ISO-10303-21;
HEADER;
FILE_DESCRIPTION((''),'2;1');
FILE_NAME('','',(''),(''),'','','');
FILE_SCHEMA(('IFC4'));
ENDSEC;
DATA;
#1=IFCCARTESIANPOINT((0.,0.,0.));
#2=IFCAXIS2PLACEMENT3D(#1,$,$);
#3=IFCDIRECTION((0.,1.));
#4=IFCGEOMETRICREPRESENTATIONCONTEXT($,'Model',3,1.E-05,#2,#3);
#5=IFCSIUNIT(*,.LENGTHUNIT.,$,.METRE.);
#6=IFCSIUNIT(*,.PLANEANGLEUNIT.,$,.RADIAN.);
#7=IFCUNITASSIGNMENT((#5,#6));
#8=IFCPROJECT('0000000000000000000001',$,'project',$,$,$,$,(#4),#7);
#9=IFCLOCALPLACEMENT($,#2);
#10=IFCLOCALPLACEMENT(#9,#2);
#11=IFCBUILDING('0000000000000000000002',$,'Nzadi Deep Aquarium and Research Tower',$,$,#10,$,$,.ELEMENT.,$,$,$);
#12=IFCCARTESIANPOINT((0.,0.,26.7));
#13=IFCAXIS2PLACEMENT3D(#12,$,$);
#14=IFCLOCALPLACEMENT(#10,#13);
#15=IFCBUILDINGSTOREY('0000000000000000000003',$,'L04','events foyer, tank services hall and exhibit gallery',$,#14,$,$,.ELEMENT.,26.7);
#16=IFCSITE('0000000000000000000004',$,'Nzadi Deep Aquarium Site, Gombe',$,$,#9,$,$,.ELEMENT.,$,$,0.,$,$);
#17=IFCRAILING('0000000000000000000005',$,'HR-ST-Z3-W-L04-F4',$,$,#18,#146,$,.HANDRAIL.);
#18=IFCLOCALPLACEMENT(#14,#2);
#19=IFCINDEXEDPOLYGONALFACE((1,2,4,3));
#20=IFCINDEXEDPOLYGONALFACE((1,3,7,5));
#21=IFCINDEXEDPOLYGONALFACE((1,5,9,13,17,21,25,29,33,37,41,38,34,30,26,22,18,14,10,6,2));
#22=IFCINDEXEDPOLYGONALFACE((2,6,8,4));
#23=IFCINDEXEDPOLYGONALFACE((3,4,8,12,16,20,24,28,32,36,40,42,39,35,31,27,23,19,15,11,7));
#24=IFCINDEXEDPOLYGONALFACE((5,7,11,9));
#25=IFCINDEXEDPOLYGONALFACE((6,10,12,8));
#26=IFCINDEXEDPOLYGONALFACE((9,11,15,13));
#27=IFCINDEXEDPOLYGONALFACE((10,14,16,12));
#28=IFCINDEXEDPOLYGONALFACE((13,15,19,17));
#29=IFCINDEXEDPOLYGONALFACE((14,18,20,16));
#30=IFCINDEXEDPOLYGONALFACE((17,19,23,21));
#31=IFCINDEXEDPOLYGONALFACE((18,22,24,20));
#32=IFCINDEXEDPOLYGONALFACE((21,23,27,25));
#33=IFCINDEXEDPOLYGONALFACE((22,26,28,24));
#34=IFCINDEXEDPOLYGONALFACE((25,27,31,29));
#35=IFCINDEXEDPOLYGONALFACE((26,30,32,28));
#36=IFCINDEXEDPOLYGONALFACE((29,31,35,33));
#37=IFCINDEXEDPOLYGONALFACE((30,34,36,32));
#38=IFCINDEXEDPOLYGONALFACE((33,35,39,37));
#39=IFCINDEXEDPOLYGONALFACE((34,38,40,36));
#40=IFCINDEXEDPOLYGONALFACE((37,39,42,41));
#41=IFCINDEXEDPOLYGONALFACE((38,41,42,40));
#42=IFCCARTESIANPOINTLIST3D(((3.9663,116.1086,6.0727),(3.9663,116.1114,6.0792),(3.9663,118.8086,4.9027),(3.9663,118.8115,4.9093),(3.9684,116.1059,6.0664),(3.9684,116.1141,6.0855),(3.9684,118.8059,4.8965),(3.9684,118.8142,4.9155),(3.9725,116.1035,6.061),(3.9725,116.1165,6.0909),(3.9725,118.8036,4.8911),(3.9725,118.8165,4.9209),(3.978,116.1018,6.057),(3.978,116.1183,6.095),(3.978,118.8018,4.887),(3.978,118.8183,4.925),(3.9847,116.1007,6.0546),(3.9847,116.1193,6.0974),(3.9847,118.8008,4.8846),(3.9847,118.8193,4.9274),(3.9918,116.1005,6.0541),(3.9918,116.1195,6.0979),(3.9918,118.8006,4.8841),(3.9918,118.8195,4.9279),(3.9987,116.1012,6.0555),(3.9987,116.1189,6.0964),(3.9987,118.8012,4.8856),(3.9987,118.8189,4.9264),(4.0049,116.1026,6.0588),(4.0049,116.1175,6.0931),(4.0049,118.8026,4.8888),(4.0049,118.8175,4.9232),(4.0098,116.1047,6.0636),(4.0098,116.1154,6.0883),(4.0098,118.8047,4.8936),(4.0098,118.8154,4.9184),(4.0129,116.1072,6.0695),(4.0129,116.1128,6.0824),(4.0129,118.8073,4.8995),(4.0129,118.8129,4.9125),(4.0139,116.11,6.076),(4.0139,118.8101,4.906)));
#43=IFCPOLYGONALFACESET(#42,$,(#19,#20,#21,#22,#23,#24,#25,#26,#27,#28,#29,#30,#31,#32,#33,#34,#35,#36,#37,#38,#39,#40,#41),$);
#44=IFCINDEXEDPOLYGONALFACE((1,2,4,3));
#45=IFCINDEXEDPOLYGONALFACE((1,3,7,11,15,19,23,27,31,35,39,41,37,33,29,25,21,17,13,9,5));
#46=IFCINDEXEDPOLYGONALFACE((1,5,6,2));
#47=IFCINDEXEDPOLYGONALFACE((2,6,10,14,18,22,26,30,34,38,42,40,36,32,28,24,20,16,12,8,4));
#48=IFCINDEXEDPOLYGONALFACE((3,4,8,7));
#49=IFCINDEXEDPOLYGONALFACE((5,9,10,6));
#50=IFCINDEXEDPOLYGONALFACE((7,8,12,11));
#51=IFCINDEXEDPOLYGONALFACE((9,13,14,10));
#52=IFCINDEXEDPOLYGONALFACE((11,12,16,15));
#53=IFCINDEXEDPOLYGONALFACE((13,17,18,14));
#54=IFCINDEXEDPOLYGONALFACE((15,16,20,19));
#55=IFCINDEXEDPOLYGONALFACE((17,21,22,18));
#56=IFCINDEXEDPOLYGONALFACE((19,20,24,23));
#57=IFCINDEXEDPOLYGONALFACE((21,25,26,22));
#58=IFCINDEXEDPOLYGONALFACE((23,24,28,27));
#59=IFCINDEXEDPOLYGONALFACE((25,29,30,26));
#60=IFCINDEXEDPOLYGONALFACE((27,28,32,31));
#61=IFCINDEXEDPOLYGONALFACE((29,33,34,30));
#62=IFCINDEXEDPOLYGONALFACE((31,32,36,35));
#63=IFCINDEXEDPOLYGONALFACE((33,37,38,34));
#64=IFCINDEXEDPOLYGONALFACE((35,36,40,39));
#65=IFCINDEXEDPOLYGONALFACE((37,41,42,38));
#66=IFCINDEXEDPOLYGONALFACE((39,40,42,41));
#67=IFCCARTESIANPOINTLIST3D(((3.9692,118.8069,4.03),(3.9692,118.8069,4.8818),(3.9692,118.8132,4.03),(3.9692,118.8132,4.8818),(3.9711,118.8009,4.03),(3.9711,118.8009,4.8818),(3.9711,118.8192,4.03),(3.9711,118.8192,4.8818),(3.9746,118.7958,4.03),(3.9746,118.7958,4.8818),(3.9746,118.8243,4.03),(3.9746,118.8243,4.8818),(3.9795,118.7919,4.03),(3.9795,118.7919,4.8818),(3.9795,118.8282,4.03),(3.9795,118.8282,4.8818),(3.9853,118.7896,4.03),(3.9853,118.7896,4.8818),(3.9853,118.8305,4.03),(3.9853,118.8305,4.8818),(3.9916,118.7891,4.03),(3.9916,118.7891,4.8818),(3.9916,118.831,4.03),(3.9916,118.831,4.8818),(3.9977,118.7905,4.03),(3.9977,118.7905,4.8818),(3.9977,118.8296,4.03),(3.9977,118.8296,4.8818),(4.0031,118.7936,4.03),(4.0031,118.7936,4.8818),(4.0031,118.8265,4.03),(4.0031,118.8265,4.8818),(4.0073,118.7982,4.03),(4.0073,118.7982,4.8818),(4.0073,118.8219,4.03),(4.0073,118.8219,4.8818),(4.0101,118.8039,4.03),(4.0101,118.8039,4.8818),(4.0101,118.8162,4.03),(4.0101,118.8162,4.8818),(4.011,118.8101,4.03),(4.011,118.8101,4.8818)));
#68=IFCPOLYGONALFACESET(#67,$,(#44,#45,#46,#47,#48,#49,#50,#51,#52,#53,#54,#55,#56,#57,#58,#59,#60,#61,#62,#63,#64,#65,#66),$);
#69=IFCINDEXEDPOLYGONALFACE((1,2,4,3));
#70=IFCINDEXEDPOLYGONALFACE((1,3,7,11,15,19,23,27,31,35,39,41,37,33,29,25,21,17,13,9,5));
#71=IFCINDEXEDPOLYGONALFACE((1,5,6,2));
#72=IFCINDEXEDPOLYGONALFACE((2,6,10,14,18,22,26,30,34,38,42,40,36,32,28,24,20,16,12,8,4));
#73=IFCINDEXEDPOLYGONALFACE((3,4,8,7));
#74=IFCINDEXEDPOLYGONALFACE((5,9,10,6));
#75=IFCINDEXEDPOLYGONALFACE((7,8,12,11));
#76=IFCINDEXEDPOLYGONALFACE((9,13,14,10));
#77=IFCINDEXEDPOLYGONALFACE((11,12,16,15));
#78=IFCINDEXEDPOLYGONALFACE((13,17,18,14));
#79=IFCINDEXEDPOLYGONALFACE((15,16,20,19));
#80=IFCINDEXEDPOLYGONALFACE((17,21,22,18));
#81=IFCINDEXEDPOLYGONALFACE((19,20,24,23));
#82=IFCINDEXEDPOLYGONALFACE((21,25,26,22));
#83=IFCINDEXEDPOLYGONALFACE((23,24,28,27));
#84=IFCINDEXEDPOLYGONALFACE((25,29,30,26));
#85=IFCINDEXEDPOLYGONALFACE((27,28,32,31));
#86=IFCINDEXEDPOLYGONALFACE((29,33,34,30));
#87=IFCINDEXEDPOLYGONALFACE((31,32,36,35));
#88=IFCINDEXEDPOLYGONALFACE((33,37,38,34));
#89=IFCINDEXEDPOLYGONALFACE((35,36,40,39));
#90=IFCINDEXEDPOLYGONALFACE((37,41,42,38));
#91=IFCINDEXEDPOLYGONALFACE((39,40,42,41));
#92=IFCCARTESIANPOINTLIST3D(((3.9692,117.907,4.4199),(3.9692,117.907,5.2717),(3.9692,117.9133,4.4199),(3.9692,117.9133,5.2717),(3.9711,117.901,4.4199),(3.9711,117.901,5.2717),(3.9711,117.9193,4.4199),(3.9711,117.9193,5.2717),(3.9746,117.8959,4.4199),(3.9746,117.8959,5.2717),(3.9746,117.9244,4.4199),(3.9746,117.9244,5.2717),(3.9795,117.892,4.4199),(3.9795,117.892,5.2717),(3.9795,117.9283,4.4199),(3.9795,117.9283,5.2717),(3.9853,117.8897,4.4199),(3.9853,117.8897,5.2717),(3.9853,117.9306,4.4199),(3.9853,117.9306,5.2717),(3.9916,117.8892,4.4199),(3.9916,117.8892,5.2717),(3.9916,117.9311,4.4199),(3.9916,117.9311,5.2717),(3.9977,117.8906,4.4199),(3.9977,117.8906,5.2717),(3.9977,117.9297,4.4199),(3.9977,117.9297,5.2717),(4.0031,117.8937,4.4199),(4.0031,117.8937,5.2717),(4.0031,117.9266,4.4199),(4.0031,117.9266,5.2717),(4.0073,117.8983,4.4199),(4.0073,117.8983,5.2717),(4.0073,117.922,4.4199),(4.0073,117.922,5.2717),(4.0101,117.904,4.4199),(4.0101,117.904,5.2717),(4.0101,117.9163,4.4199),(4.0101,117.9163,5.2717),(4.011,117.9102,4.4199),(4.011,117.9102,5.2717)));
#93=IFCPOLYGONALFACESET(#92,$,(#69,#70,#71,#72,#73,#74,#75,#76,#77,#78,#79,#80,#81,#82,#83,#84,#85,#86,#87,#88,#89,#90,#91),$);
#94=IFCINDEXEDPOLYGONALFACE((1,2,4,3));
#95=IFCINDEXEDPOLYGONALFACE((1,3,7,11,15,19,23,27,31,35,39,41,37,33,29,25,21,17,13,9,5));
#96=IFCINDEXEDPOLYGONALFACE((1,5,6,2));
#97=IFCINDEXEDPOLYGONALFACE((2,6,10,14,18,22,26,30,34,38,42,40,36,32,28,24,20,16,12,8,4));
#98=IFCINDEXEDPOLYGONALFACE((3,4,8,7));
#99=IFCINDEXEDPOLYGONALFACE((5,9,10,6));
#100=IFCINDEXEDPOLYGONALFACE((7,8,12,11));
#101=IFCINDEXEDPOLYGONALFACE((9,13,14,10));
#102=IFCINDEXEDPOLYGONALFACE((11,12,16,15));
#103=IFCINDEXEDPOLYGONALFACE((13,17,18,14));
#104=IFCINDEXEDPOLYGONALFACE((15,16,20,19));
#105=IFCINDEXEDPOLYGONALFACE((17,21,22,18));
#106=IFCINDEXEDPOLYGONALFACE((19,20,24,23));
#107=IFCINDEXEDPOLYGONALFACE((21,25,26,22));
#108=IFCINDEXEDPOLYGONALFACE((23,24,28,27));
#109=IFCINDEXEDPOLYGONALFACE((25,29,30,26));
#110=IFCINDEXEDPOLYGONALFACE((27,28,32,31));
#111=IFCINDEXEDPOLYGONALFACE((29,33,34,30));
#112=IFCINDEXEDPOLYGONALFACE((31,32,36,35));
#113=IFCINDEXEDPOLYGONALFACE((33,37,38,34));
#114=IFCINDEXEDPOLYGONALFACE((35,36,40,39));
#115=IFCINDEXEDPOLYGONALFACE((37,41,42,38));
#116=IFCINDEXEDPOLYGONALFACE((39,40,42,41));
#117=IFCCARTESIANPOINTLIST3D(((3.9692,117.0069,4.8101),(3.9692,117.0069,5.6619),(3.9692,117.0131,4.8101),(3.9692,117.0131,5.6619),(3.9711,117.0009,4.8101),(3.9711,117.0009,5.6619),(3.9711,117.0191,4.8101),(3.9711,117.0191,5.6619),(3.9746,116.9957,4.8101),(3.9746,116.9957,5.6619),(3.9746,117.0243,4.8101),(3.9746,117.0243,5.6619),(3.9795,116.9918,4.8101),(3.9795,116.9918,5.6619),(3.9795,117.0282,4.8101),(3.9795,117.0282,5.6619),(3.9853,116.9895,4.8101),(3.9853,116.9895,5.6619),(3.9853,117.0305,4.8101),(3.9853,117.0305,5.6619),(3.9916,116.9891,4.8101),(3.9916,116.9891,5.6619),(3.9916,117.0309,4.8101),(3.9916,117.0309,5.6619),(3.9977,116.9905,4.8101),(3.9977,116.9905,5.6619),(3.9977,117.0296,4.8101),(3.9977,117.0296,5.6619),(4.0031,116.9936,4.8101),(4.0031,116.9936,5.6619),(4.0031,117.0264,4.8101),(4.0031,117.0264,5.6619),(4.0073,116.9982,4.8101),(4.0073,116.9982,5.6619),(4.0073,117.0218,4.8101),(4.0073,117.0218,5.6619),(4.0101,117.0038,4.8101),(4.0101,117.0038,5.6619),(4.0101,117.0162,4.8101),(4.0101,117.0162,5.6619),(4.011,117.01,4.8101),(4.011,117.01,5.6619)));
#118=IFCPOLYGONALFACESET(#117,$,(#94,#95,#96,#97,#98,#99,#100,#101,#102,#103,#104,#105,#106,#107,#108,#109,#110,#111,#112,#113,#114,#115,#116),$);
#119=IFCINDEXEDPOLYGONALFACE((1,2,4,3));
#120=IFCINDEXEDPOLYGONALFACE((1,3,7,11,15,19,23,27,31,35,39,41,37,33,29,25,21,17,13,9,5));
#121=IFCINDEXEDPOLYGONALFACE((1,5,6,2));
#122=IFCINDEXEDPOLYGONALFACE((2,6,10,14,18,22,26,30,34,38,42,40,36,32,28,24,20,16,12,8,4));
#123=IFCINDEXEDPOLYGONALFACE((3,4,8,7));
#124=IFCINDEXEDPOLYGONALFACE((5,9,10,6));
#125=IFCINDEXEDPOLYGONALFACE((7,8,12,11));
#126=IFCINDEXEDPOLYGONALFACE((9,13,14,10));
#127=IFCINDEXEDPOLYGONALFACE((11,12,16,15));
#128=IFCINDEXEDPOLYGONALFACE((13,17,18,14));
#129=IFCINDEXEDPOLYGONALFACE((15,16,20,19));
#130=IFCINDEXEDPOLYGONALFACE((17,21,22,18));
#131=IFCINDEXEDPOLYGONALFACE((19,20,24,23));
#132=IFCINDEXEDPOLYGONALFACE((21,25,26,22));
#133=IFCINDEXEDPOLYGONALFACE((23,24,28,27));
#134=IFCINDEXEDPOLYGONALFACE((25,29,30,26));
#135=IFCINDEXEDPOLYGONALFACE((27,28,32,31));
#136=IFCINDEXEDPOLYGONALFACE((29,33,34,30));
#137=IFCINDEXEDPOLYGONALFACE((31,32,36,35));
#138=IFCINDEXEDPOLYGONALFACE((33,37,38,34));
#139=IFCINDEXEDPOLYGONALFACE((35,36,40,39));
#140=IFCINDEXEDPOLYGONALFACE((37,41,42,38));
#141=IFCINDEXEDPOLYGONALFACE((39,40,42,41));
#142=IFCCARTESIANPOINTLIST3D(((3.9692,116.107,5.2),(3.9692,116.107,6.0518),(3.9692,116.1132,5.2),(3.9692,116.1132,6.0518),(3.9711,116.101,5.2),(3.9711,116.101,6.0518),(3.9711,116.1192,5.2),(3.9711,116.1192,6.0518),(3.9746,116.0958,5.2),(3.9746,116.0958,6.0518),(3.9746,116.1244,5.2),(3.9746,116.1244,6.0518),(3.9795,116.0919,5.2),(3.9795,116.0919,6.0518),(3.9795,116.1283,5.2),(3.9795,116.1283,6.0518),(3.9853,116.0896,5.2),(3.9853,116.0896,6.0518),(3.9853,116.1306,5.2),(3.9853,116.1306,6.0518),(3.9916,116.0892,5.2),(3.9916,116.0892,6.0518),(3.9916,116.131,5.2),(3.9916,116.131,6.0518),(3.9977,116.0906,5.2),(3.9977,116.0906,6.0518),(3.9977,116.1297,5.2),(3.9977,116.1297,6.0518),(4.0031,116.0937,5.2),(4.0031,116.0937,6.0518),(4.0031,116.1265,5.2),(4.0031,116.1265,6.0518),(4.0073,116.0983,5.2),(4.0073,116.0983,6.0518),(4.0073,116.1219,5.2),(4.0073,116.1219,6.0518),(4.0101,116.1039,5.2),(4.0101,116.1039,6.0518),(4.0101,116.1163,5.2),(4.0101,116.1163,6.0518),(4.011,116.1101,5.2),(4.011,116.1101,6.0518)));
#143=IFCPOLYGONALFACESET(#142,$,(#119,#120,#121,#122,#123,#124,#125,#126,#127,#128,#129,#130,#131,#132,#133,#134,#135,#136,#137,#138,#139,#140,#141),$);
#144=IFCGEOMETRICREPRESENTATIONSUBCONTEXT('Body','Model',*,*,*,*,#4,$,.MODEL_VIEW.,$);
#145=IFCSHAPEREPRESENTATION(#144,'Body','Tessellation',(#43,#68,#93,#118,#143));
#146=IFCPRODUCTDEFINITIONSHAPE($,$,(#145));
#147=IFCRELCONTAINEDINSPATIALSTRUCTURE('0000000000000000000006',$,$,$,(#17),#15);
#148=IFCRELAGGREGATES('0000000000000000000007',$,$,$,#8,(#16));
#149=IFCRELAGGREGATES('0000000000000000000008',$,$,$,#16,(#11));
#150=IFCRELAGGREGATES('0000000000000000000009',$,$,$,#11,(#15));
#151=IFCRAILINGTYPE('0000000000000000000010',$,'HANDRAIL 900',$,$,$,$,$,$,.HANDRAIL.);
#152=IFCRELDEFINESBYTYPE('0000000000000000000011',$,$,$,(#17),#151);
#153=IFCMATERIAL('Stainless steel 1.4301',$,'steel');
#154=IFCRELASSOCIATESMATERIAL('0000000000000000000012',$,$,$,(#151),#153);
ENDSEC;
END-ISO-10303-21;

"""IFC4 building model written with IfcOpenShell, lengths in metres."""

from ifc_helpers import new_model, si_unit, direction, frame, origin, origin_2d, place, context, subcontext, project, spatial, circle, extrude, material, type_object, element, save


model = new_model("IFC4")

# Units and contexts
model_context = context("Model", 3, precision=1e-05, world=origin(), true_north=direction((0.0, 1.0)))
body_context = subcontext(model_context, "Body", "Model", "MODEL_VIEW")
ifc_project = project(units=[si_unit("LENGTHUNIT", "METRE"), si_unit("PLANEANGLEUNIT", "RADIAN")], contexts=[model_context])

# Site, building, storey
site_placement = place(None, origin())
site = spatial("IfcSite", under=ifc_project, at=site_placement, Name="Nzadi Deep Aquarium Site, Gombe", CompositionType="ELEMENT", RefElevation=0.0)
building_placement = place(site_placement, origin())
building = spatial("IfcBuilding", under=site, at=building_placement, Name="Nzadi Deep Aquarium and Research Tower", CompositionType="ELEMENT")
storey_placement = place(building_placement, frame((0.0, 0.0, 26.7)))
storey = spatial("IfcBuildingStorey", under=building, at=storey_placement, Name="L04", Description="events foyer, tank services hall and exhibit gallery", CompositionType="ELEMENT", Elevation=26.7)

# Railing
ifc_material_1 = material(Name="Stainless steel 1.4301", Category="steel")
railing_type = type_object("IfcRailingType", Name="HANDRAIL 900", PredefinedType="HANDRAIL", material=ifc_material_1)
for number, where, name in (
    (1, (3.99, 118.8101, 4.03), "HR-ST-Z3-W-L04-F4"),
):
    element("IfcRailing", number, at=place(storey_placement, frame(where)), inside=storey, type_object=railing_type, Name=name, PredefinedType="HANDRAIL", context=body_context, shape_type="SweptSolid", body=[
        extrude(circle(Radius=0.0239, at=origin_2d()), frame((0.0, 0.0, 0.876), z_axis=(0.0, -0.917563, 0.397591), x_axis=(1.0, 0.0, 0.0)), (0.0, 0.0, 1.0), 2.9426),
        extrude(circle(Radius=0.021, at=origin_2d()), origin(), (0.0, 0.0, 1.0), 0.8518),
        extrude(circle(Radius=0.021, at=origin_2d()), frame((0.0, -0.8999, 0.3899)), (0.0, 0.0, 1.0), 0.8518),
        extrude(circle(Radius=0.021, at=origin_2d()), frame((0.0, -1.8, 0.78)), (0.0, 0.0, 1.0), 0.8518),
        extrude(circle(Radius=0.021, at=origin_2d()), frame((0.0, -2.7, 1.1699)), (0.0, 0.0, 1.0), 0.8518),
    ])

save(model, "model.ifc")
